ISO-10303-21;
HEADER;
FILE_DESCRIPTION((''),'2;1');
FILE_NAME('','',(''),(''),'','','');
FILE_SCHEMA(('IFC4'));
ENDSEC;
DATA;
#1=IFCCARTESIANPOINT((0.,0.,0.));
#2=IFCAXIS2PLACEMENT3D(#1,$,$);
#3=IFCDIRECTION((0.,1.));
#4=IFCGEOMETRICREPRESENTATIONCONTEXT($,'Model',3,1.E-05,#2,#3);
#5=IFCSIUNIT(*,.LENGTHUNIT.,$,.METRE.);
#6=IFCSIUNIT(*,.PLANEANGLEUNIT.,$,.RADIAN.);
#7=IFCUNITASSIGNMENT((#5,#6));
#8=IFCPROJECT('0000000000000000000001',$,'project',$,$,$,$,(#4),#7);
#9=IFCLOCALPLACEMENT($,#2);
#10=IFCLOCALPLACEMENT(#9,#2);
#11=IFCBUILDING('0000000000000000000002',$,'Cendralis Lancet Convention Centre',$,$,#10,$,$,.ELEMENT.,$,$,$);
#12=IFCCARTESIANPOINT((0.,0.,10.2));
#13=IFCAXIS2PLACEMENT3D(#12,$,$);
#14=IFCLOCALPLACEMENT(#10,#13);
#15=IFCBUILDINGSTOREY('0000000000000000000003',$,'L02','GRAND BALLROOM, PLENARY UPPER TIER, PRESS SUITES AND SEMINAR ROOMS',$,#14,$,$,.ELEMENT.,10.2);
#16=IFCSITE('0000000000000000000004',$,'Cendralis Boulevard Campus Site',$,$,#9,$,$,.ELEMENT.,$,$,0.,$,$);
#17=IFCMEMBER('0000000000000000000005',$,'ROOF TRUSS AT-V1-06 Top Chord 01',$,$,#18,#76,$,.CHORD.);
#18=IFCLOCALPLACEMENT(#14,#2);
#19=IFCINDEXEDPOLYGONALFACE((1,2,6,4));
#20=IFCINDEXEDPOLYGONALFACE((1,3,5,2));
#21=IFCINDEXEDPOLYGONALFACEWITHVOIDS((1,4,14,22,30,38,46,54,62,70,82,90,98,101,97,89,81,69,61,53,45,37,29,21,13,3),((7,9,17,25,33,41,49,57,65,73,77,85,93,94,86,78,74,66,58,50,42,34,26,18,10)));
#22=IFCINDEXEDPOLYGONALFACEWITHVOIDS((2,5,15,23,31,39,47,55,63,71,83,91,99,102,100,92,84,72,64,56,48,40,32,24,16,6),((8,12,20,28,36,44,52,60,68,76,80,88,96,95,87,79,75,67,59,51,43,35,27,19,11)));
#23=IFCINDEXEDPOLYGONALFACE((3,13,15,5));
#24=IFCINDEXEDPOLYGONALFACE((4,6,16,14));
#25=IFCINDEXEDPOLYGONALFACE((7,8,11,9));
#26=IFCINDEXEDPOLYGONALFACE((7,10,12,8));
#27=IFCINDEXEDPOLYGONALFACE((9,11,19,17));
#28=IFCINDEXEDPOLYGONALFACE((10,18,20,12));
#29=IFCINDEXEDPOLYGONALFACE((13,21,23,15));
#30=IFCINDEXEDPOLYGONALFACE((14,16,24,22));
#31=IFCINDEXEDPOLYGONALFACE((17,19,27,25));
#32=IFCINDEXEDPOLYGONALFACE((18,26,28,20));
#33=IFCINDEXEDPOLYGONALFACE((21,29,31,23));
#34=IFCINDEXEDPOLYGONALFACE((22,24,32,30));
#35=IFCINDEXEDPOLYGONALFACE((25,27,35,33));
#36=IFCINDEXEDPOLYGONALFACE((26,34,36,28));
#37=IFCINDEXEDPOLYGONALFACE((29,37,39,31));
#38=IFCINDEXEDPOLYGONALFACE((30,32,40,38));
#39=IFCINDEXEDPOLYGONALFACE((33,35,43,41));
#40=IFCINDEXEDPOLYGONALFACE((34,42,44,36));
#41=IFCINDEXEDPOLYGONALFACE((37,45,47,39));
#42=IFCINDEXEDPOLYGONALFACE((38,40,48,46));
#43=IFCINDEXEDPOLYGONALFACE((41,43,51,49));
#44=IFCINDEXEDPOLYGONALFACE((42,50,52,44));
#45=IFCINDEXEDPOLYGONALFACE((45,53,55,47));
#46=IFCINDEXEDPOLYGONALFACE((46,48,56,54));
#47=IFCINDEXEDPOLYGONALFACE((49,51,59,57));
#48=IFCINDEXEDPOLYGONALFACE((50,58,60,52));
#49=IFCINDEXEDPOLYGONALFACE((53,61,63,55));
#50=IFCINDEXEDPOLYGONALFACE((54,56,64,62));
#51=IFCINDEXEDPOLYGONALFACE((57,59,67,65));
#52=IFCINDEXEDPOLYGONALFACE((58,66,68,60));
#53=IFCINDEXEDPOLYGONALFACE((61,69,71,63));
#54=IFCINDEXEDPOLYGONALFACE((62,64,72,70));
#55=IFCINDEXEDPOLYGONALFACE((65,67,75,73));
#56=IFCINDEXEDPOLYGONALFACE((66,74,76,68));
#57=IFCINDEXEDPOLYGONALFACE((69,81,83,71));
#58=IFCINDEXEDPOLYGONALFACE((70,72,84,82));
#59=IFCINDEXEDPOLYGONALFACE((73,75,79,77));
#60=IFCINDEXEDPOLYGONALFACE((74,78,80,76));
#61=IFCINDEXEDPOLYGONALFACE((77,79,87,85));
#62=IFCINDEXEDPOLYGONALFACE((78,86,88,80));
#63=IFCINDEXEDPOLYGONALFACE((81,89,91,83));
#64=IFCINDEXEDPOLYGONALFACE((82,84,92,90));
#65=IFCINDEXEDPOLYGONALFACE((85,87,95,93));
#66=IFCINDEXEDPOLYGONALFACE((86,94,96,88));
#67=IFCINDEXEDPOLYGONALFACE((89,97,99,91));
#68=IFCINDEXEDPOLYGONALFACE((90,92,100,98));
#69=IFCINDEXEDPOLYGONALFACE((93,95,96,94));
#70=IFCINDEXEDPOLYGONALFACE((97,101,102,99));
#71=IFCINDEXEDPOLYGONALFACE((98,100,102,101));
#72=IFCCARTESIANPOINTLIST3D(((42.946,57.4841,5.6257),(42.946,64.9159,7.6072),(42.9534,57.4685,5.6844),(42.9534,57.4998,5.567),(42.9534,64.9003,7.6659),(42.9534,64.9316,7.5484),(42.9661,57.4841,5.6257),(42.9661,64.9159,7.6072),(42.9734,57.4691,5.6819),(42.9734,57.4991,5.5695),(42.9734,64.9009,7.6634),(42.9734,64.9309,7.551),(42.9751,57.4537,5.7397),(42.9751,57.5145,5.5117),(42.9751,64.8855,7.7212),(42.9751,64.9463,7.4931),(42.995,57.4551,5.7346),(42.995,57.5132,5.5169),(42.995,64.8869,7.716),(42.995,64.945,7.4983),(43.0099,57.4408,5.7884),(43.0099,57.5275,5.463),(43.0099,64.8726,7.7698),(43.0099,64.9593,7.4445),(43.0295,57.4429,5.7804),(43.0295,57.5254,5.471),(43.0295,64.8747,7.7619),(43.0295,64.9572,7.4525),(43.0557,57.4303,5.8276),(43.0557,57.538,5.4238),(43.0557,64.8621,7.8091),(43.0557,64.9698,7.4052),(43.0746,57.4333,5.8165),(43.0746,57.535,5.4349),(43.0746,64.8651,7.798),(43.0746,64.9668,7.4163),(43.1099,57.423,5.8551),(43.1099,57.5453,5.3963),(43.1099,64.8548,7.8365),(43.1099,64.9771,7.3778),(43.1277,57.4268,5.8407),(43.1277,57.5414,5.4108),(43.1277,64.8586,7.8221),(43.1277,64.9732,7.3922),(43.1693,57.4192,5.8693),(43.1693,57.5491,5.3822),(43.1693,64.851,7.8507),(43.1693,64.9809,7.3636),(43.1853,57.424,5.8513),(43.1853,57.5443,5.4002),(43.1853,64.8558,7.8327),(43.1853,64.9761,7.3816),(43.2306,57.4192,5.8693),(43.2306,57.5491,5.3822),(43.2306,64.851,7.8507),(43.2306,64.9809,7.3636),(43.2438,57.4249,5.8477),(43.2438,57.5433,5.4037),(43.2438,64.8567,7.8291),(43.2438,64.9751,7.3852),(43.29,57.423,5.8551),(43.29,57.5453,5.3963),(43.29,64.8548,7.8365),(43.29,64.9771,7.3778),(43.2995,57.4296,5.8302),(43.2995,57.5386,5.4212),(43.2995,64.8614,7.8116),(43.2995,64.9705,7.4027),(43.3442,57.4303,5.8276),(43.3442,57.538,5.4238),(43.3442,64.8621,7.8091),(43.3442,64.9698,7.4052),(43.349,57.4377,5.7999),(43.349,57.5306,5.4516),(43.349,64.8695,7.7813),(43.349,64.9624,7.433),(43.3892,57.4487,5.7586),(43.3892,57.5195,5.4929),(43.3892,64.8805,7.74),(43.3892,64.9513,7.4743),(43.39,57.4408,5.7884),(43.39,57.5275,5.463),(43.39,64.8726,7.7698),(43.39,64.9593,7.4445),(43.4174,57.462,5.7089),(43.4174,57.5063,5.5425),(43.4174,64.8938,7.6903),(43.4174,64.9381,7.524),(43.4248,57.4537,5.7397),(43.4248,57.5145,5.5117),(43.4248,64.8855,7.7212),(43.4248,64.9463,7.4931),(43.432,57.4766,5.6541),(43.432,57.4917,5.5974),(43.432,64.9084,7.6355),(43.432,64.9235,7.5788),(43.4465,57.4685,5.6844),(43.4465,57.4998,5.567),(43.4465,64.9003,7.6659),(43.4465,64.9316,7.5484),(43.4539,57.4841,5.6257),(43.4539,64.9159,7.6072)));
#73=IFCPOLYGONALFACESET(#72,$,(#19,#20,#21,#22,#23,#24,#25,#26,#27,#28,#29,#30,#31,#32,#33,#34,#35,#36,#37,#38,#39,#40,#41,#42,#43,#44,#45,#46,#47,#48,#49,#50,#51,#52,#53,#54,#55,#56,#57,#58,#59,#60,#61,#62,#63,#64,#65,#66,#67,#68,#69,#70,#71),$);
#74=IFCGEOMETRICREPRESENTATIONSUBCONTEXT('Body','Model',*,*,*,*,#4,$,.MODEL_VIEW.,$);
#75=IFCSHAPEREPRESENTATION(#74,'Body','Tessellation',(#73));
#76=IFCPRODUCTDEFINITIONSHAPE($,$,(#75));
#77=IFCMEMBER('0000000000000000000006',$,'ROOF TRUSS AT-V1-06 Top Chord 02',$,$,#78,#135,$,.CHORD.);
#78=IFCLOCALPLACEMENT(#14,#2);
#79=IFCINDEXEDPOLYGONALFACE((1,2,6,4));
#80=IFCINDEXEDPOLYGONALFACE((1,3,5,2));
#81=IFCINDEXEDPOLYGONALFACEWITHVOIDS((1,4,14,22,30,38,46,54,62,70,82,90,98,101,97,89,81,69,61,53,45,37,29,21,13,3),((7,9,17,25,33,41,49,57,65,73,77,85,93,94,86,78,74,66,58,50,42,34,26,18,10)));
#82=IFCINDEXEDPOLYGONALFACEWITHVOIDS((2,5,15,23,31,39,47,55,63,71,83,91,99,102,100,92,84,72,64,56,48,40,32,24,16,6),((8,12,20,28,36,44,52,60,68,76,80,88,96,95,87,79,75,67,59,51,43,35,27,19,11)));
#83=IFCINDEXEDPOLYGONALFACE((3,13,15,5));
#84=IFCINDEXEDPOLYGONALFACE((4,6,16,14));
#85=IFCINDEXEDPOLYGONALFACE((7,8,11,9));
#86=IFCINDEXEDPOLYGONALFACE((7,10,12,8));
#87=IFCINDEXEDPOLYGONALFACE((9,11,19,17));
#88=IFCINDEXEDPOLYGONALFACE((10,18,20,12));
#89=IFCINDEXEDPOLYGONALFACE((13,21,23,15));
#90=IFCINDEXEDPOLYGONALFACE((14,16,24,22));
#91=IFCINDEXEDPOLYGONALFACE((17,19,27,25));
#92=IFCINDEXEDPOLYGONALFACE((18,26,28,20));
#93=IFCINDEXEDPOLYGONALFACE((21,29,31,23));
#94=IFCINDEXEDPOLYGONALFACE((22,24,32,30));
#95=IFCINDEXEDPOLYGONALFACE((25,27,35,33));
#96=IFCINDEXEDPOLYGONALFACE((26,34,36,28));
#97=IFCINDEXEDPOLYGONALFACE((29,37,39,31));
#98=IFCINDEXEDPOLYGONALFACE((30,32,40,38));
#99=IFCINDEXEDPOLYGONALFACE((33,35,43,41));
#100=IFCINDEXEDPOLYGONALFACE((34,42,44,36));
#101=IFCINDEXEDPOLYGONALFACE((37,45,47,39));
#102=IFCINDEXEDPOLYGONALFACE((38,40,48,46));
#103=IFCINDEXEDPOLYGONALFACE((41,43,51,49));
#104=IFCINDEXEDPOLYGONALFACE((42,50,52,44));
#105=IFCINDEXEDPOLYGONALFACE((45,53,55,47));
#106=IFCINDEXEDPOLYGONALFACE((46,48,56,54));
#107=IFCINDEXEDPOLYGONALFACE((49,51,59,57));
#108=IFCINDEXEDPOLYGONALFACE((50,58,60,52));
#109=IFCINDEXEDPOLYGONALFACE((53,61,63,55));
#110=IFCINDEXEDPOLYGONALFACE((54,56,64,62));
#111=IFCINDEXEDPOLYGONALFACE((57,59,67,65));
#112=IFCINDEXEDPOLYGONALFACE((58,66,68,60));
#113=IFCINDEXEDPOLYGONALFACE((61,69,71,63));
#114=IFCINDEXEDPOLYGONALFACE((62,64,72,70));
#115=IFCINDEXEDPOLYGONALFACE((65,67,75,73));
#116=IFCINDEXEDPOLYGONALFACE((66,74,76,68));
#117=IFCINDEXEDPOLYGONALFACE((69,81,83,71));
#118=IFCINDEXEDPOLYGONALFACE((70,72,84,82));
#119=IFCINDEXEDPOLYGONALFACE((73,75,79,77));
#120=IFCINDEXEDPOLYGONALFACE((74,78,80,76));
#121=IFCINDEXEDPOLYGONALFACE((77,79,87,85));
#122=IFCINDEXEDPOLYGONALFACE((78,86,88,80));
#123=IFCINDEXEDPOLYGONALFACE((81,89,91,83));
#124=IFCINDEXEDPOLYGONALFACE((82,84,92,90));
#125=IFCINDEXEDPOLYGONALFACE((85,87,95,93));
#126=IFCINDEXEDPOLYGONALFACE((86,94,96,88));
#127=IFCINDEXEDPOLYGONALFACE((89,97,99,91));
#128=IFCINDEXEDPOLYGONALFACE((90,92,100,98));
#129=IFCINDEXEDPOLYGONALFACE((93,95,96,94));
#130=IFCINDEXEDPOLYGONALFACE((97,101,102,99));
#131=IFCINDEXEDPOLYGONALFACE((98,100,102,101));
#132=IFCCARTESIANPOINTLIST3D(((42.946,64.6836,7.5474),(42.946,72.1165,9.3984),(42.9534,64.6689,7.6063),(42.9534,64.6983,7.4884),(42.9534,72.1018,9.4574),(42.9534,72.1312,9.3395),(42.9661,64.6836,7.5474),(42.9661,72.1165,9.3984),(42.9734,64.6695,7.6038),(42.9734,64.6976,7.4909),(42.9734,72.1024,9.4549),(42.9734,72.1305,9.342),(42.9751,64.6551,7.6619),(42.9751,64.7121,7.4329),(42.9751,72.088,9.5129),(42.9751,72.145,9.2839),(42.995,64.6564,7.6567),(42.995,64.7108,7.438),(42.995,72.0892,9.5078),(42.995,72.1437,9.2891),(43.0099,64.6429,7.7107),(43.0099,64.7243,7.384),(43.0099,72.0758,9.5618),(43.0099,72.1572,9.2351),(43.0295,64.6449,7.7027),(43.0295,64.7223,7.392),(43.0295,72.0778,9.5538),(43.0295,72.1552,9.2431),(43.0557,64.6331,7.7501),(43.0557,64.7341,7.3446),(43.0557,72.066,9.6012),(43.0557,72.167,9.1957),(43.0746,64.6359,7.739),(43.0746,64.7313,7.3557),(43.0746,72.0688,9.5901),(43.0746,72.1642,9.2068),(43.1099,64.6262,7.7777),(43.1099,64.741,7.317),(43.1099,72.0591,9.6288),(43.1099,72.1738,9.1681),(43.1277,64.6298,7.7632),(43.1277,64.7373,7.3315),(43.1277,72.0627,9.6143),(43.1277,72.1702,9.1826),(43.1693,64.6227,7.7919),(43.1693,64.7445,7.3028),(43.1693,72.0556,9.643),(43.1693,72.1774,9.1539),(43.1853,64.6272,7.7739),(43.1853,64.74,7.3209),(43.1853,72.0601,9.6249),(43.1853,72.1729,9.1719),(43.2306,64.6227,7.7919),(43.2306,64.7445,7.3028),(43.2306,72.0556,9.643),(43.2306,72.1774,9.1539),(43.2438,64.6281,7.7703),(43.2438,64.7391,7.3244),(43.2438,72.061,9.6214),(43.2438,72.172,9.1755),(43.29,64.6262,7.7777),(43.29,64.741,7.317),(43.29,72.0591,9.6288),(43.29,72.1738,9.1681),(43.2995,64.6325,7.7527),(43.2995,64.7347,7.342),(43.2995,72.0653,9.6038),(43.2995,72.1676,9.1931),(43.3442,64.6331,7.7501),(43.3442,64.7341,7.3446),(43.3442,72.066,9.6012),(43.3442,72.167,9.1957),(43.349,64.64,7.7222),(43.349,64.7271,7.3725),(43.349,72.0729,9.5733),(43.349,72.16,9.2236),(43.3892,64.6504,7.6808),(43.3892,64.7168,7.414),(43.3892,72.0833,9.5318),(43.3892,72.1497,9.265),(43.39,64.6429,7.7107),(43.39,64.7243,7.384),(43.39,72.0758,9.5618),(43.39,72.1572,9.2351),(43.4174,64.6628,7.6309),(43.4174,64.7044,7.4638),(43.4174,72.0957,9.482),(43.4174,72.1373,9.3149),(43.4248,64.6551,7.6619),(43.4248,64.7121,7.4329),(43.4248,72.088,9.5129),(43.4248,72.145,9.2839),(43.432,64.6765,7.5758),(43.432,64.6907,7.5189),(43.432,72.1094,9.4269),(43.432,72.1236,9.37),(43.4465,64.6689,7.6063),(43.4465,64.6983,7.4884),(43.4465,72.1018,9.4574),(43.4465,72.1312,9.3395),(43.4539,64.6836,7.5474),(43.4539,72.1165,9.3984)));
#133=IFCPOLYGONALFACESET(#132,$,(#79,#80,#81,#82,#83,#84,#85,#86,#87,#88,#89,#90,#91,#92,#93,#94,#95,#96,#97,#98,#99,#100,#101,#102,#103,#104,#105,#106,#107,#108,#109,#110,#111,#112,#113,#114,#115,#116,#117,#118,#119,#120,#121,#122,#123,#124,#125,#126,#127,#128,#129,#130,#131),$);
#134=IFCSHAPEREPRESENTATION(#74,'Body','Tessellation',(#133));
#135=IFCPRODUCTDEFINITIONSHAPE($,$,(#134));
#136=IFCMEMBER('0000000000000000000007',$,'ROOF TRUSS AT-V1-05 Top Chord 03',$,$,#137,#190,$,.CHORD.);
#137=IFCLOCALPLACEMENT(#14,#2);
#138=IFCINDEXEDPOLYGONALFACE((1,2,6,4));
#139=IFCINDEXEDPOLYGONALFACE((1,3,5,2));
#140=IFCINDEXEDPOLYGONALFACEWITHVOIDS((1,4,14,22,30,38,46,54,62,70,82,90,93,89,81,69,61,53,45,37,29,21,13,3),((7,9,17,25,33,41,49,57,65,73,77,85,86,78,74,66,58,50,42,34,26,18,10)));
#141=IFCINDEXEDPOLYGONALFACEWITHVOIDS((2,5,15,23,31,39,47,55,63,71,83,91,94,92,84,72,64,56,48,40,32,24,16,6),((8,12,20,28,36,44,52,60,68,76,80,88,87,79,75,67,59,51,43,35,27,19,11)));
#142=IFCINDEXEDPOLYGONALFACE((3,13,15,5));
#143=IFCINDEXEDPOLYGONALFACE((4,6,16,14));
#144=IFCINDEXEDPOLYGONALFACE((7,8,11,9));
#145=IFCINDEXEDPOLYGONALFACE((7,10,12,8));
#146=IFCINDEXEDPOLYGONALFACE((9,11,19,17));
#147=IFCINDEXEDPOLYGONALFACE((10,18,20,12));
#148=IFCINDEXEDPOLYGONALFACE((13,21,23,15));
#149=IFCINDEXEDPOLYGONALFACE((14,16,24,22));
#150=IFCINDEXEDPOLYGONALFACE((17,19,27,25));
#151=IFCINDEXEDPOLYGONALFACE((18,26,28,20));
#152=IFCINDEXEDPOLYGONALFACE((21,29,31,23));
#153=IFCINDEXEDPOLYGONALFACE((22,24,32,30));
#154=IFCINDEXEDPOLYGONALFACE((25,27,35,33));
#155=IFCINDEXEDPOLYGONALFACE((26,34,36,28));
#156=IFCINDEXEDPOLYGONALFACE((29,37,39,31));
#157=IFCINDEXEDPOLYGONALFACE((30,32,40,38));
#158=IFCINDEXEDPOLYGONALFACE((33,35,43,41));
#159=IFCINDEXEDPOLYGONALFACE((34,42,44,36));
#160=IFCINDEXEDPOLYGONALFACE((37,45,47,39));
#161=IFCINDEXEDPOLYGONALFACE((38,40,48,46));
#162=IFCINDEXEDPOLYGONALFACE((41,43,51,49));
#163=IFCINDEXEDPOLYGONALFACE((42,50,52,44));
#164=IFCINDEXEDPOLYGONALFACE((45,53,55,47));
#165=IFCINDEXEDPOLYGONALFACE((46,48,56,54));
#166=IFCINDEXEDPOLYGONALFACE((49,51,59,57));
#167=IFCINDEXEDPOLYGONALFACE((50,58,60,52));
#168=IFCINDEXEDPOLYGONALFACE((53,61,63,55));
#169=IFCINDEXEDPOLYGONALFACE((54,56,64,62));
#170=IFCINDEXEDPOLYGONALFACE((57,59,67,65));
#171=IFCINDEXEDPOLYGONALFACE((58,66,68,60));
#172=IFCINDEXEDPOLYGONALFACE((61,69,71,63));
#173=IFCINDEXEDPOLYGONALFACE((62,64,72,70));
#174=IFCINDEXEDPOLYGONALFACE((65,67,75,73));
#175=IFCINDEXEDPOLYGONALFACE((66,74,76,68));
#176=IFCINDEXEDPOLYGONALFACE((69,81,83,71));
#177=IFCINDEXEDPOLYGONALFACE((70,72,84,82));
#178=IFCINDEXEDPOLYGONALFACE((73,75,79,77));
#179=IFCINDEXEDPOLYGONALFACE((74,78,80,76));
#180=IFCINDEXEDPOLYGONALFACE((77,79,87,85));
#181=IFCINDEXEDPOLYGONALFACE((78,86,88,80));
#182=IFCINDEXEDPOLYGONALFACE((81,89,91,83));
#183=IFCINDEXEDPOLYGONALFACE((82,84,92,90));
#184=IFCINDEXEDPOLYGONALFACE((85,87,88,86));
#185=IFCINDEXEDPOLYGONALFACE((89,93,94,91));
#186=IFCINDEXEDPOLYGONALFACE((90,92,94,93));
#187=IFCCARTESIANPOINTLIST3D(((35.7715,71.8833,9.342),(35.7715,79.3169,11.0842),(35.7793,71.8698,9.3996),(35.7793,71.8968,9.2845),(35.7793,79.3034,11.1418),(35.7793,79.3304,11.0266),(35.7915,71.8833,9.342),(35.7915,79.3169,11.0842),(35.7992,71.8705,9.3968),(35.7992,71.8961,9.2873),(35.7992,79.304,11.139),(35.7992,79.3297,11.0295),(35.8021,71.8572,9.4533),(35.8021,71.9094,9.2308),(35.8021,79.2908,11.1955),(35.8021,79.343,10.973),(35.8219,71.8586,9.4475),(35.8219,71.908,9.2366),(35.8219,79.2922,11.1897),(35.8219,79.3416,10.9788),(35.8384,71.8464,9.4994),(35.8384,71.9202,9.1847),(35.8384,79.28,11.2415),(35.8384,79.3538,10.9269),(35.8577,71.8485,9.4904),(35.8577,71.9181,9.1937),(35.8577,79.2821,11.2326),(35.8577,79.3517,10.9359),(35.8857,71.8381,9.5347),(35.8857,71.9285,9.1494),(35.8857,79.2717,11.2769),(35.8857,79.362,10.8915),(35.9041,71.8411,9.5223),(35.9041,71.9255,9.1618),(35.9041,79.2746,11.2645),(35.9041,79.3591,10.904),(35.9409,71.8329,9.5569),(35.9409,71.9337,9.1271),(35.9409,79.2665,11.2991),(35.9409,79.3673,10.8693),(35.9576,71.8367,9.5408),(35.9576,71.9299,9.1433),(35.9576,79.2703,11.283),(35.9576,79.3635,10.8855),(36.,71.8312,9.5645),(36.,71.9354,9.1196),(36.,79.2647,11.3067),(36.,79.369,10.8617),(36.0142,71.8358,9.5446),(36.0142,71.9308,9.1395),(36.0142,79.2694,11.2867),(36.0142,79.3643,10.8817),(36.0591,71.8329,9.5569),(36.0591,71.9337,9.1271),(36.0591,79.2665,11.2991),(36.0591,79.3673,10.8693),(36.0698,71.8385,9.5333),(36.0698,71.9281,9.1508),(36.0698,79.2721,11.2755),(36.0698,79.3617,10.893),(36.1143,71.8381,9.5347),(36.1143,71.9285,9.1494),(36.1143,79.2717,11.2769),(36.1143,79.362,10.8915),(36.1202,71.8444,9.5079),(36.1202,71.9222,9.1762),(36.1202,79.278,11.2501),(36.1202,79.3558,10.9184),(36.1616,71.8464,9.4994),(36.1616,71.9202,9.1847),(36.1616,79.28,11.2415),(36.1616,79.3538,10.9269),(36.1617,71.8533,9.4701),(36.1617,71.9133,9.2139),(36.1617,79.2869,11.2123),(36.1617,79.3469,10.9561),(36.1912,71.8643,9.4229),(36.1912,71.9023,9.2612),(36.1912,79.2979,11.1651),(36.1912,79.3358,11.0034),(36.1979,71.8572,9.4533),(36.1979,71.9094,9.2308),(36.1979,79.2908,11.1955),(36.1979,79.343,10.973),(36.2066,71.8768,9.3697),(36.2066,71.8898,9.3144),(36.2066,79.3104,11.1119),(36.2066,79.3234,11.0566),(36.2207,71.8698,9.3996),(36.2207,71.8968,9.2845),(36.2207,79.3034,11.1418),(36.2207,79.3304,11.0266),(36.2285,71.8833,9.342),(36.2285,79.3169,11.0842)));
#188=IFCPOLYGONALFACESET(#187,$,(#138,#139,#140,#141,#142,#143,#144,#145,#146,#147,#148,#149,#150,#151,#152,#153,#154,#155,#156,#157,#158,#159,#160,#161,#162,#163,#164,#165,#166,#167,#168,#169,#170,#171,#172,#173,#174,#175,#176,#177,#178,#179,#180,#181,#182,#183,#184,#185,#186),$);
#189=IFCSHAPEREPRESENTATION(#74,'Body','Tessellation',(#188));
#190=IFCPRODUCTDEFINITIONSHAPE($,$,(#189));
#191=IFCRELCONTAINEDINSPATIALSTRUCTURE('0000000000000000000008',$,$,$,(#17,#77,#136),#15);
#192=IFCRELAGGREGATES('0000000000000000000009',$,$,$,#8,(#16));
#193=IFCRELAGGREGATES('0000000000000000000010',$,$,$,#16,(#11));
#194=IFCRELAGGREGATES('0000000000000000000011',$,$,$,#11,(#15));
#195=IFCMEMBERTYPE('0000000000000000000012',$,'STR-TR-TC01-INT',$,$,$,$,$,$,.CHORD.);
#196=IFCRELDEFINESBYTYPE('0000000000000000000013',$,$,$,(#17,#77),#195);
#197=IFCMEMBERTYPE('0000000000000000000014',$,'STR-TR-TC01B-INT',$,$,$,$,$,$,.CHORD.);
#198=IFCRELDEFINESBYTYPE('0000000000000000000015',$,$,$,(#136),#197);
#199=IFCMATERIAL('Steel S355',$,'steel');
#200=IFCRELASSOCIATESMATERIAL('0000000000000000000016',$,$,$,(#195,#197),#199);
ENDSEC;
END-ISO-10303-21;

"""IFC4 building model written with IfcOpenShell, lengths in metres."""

from ifc_helpers import new_model, si_unit, direction, frame, origin, origin_2d, place, context, subcontext, project, spatial, hollow_circle, extrude, material, material_profile, profile_set, type_object, element, save


model = new_model("IFC4")

# Units and contexts
model_context = context("Model", 3, precision=1e-05, world=origin(), true_north=direction((0.0, 1.0)))
body_context = subcontext(model_context, "Body", "Model", "MODEL_VIEW")
ifc_project = project(units=[si_unit("LENGTHUNIT", "METRE"), si_unit("PLANEANGLEUNIT", "RADIAN")], contexts=[model_context])

# Site, building, storey
site_placement = place(None, origin())
site = spatial("IfcSite", under=ifc_project, at=site_placement, Name="Cendralis Boulevard Campus Site", CompositionType="ELEMENT", RefElevation=0.0)
building_placement = place(site_placement, origin())
building = spatial("IfcBuilding", under=site, at=building_placement, Name="Cendralis Lancet Convention Centre", CompositionType="ELEMENT")
storey_placement = place(building_placement, frame((0.0, 0.0, 10.2)))
storey = spatial("IfcBuildingStorey", under=building, at=storey_placement, Name="L02", Description="GRAND BALLROOM, PLENARY UPPER TIER, PRESS SUITES AND SEMINAR ROOMS", CompositionType="ELEMENT", Elevation=10.2)

# Members
ifc_material = material(Name="Steel S355", Category="steel")
ifc_material_profile_1 = material_profile(ifc_material, hollow_circle(Radius=0.2539, WallThickness=0.02, at=origin_2d()), Name="CHS 508.0x20.0")
ifc_profile_set_1 = profile_set([ifc_material_profile_1], Name="Steel S355")
member_type_1 = type_object("IfcMemberType", Name="STR-TR-TC01-INT", PredefinedType="CHORD", material=ifc_profile_set_1)
member_1_placement = place(storey_placement, frame((43.2, 57.4841, 5.6257), z_axis=(0.0, 0.966248, 0.257615), x_axis=(-1.0, 0.0, 0.0)))
element("IfcMember", 1, at=member_1_placement, inside=storey, type_object=member_type_1, Name="ROOF TRUSS AT-V1-06 Top Chord 01", PredefinedType="CHORD", context=body_context, shape_type="SweptSolid", body=[
    extrude(hollow_circle(Radius=0.2539, WallThickness=0.02, at=origin_2d()), origin(), (0.0, 0.0, 1.0), 7.6914),
])
member_2_placement = place(storey_placement, frame((43.2, 64.6836, 7.5474), z_axis=(0.0, 0.970361, 0.241658), x_axis=(-1.0, 0.0, 0.0)))
element("IfcMember", 2, at=member_2_placement, inside=storey, type_object=member_type_1, Name="ROOF TRUSS AT-V1-06 Top Chord 02", PredefinedType="CHORD", context=body_context, shape_type="SweptSolid", body=[
    extrude(hollow_circle(Radius=0.2539, WallThickness=0.02, at=origin_2d()), origin(), (0.0, 0.0, 1.0), 7.6599),
])
ifc_material_profile_2 = material_profile(ifc_material, hollow_circle(Radius=0.2285, WallThickness=0.02, at=origin_2d()), Name="CHS 457.0x20.0")
ifc_profile_set_2 = profile_set([ifc_material_profile_2], Name="Steel S355")
member_type_2 = type_object("IfcMemberType", Name="STR-TR-TC01B-INT", PredefinedType="CHORD", material=ifc_profile_set_2)
for number, where, z_axis, x_axis, name in (
    (3, (36.0, 71.8833, 9.342), (0.0, 0.973618, 0.228184), (-1.0, 0.0, 0.0), "ROOF TRUSS AT-V1-05 Top Chord 03"),
):
    element("IfcMember", number, at=place(storey_placement, frame(where, z_axis=z_axis, x_axis=x_axis)), inside=storey, type_object=member_type_2, Name=name, PredefinedType="CHORD", context=body_context, shape_type="SweptSolid", body=[
        extrude(hollow_circle(Radius=0.2285, WallThickness=0.02, at=origin_2d()), origin(), (0.0, 0.0, 1.0), 7.635),
    ])

save(model, "model.ifc")
